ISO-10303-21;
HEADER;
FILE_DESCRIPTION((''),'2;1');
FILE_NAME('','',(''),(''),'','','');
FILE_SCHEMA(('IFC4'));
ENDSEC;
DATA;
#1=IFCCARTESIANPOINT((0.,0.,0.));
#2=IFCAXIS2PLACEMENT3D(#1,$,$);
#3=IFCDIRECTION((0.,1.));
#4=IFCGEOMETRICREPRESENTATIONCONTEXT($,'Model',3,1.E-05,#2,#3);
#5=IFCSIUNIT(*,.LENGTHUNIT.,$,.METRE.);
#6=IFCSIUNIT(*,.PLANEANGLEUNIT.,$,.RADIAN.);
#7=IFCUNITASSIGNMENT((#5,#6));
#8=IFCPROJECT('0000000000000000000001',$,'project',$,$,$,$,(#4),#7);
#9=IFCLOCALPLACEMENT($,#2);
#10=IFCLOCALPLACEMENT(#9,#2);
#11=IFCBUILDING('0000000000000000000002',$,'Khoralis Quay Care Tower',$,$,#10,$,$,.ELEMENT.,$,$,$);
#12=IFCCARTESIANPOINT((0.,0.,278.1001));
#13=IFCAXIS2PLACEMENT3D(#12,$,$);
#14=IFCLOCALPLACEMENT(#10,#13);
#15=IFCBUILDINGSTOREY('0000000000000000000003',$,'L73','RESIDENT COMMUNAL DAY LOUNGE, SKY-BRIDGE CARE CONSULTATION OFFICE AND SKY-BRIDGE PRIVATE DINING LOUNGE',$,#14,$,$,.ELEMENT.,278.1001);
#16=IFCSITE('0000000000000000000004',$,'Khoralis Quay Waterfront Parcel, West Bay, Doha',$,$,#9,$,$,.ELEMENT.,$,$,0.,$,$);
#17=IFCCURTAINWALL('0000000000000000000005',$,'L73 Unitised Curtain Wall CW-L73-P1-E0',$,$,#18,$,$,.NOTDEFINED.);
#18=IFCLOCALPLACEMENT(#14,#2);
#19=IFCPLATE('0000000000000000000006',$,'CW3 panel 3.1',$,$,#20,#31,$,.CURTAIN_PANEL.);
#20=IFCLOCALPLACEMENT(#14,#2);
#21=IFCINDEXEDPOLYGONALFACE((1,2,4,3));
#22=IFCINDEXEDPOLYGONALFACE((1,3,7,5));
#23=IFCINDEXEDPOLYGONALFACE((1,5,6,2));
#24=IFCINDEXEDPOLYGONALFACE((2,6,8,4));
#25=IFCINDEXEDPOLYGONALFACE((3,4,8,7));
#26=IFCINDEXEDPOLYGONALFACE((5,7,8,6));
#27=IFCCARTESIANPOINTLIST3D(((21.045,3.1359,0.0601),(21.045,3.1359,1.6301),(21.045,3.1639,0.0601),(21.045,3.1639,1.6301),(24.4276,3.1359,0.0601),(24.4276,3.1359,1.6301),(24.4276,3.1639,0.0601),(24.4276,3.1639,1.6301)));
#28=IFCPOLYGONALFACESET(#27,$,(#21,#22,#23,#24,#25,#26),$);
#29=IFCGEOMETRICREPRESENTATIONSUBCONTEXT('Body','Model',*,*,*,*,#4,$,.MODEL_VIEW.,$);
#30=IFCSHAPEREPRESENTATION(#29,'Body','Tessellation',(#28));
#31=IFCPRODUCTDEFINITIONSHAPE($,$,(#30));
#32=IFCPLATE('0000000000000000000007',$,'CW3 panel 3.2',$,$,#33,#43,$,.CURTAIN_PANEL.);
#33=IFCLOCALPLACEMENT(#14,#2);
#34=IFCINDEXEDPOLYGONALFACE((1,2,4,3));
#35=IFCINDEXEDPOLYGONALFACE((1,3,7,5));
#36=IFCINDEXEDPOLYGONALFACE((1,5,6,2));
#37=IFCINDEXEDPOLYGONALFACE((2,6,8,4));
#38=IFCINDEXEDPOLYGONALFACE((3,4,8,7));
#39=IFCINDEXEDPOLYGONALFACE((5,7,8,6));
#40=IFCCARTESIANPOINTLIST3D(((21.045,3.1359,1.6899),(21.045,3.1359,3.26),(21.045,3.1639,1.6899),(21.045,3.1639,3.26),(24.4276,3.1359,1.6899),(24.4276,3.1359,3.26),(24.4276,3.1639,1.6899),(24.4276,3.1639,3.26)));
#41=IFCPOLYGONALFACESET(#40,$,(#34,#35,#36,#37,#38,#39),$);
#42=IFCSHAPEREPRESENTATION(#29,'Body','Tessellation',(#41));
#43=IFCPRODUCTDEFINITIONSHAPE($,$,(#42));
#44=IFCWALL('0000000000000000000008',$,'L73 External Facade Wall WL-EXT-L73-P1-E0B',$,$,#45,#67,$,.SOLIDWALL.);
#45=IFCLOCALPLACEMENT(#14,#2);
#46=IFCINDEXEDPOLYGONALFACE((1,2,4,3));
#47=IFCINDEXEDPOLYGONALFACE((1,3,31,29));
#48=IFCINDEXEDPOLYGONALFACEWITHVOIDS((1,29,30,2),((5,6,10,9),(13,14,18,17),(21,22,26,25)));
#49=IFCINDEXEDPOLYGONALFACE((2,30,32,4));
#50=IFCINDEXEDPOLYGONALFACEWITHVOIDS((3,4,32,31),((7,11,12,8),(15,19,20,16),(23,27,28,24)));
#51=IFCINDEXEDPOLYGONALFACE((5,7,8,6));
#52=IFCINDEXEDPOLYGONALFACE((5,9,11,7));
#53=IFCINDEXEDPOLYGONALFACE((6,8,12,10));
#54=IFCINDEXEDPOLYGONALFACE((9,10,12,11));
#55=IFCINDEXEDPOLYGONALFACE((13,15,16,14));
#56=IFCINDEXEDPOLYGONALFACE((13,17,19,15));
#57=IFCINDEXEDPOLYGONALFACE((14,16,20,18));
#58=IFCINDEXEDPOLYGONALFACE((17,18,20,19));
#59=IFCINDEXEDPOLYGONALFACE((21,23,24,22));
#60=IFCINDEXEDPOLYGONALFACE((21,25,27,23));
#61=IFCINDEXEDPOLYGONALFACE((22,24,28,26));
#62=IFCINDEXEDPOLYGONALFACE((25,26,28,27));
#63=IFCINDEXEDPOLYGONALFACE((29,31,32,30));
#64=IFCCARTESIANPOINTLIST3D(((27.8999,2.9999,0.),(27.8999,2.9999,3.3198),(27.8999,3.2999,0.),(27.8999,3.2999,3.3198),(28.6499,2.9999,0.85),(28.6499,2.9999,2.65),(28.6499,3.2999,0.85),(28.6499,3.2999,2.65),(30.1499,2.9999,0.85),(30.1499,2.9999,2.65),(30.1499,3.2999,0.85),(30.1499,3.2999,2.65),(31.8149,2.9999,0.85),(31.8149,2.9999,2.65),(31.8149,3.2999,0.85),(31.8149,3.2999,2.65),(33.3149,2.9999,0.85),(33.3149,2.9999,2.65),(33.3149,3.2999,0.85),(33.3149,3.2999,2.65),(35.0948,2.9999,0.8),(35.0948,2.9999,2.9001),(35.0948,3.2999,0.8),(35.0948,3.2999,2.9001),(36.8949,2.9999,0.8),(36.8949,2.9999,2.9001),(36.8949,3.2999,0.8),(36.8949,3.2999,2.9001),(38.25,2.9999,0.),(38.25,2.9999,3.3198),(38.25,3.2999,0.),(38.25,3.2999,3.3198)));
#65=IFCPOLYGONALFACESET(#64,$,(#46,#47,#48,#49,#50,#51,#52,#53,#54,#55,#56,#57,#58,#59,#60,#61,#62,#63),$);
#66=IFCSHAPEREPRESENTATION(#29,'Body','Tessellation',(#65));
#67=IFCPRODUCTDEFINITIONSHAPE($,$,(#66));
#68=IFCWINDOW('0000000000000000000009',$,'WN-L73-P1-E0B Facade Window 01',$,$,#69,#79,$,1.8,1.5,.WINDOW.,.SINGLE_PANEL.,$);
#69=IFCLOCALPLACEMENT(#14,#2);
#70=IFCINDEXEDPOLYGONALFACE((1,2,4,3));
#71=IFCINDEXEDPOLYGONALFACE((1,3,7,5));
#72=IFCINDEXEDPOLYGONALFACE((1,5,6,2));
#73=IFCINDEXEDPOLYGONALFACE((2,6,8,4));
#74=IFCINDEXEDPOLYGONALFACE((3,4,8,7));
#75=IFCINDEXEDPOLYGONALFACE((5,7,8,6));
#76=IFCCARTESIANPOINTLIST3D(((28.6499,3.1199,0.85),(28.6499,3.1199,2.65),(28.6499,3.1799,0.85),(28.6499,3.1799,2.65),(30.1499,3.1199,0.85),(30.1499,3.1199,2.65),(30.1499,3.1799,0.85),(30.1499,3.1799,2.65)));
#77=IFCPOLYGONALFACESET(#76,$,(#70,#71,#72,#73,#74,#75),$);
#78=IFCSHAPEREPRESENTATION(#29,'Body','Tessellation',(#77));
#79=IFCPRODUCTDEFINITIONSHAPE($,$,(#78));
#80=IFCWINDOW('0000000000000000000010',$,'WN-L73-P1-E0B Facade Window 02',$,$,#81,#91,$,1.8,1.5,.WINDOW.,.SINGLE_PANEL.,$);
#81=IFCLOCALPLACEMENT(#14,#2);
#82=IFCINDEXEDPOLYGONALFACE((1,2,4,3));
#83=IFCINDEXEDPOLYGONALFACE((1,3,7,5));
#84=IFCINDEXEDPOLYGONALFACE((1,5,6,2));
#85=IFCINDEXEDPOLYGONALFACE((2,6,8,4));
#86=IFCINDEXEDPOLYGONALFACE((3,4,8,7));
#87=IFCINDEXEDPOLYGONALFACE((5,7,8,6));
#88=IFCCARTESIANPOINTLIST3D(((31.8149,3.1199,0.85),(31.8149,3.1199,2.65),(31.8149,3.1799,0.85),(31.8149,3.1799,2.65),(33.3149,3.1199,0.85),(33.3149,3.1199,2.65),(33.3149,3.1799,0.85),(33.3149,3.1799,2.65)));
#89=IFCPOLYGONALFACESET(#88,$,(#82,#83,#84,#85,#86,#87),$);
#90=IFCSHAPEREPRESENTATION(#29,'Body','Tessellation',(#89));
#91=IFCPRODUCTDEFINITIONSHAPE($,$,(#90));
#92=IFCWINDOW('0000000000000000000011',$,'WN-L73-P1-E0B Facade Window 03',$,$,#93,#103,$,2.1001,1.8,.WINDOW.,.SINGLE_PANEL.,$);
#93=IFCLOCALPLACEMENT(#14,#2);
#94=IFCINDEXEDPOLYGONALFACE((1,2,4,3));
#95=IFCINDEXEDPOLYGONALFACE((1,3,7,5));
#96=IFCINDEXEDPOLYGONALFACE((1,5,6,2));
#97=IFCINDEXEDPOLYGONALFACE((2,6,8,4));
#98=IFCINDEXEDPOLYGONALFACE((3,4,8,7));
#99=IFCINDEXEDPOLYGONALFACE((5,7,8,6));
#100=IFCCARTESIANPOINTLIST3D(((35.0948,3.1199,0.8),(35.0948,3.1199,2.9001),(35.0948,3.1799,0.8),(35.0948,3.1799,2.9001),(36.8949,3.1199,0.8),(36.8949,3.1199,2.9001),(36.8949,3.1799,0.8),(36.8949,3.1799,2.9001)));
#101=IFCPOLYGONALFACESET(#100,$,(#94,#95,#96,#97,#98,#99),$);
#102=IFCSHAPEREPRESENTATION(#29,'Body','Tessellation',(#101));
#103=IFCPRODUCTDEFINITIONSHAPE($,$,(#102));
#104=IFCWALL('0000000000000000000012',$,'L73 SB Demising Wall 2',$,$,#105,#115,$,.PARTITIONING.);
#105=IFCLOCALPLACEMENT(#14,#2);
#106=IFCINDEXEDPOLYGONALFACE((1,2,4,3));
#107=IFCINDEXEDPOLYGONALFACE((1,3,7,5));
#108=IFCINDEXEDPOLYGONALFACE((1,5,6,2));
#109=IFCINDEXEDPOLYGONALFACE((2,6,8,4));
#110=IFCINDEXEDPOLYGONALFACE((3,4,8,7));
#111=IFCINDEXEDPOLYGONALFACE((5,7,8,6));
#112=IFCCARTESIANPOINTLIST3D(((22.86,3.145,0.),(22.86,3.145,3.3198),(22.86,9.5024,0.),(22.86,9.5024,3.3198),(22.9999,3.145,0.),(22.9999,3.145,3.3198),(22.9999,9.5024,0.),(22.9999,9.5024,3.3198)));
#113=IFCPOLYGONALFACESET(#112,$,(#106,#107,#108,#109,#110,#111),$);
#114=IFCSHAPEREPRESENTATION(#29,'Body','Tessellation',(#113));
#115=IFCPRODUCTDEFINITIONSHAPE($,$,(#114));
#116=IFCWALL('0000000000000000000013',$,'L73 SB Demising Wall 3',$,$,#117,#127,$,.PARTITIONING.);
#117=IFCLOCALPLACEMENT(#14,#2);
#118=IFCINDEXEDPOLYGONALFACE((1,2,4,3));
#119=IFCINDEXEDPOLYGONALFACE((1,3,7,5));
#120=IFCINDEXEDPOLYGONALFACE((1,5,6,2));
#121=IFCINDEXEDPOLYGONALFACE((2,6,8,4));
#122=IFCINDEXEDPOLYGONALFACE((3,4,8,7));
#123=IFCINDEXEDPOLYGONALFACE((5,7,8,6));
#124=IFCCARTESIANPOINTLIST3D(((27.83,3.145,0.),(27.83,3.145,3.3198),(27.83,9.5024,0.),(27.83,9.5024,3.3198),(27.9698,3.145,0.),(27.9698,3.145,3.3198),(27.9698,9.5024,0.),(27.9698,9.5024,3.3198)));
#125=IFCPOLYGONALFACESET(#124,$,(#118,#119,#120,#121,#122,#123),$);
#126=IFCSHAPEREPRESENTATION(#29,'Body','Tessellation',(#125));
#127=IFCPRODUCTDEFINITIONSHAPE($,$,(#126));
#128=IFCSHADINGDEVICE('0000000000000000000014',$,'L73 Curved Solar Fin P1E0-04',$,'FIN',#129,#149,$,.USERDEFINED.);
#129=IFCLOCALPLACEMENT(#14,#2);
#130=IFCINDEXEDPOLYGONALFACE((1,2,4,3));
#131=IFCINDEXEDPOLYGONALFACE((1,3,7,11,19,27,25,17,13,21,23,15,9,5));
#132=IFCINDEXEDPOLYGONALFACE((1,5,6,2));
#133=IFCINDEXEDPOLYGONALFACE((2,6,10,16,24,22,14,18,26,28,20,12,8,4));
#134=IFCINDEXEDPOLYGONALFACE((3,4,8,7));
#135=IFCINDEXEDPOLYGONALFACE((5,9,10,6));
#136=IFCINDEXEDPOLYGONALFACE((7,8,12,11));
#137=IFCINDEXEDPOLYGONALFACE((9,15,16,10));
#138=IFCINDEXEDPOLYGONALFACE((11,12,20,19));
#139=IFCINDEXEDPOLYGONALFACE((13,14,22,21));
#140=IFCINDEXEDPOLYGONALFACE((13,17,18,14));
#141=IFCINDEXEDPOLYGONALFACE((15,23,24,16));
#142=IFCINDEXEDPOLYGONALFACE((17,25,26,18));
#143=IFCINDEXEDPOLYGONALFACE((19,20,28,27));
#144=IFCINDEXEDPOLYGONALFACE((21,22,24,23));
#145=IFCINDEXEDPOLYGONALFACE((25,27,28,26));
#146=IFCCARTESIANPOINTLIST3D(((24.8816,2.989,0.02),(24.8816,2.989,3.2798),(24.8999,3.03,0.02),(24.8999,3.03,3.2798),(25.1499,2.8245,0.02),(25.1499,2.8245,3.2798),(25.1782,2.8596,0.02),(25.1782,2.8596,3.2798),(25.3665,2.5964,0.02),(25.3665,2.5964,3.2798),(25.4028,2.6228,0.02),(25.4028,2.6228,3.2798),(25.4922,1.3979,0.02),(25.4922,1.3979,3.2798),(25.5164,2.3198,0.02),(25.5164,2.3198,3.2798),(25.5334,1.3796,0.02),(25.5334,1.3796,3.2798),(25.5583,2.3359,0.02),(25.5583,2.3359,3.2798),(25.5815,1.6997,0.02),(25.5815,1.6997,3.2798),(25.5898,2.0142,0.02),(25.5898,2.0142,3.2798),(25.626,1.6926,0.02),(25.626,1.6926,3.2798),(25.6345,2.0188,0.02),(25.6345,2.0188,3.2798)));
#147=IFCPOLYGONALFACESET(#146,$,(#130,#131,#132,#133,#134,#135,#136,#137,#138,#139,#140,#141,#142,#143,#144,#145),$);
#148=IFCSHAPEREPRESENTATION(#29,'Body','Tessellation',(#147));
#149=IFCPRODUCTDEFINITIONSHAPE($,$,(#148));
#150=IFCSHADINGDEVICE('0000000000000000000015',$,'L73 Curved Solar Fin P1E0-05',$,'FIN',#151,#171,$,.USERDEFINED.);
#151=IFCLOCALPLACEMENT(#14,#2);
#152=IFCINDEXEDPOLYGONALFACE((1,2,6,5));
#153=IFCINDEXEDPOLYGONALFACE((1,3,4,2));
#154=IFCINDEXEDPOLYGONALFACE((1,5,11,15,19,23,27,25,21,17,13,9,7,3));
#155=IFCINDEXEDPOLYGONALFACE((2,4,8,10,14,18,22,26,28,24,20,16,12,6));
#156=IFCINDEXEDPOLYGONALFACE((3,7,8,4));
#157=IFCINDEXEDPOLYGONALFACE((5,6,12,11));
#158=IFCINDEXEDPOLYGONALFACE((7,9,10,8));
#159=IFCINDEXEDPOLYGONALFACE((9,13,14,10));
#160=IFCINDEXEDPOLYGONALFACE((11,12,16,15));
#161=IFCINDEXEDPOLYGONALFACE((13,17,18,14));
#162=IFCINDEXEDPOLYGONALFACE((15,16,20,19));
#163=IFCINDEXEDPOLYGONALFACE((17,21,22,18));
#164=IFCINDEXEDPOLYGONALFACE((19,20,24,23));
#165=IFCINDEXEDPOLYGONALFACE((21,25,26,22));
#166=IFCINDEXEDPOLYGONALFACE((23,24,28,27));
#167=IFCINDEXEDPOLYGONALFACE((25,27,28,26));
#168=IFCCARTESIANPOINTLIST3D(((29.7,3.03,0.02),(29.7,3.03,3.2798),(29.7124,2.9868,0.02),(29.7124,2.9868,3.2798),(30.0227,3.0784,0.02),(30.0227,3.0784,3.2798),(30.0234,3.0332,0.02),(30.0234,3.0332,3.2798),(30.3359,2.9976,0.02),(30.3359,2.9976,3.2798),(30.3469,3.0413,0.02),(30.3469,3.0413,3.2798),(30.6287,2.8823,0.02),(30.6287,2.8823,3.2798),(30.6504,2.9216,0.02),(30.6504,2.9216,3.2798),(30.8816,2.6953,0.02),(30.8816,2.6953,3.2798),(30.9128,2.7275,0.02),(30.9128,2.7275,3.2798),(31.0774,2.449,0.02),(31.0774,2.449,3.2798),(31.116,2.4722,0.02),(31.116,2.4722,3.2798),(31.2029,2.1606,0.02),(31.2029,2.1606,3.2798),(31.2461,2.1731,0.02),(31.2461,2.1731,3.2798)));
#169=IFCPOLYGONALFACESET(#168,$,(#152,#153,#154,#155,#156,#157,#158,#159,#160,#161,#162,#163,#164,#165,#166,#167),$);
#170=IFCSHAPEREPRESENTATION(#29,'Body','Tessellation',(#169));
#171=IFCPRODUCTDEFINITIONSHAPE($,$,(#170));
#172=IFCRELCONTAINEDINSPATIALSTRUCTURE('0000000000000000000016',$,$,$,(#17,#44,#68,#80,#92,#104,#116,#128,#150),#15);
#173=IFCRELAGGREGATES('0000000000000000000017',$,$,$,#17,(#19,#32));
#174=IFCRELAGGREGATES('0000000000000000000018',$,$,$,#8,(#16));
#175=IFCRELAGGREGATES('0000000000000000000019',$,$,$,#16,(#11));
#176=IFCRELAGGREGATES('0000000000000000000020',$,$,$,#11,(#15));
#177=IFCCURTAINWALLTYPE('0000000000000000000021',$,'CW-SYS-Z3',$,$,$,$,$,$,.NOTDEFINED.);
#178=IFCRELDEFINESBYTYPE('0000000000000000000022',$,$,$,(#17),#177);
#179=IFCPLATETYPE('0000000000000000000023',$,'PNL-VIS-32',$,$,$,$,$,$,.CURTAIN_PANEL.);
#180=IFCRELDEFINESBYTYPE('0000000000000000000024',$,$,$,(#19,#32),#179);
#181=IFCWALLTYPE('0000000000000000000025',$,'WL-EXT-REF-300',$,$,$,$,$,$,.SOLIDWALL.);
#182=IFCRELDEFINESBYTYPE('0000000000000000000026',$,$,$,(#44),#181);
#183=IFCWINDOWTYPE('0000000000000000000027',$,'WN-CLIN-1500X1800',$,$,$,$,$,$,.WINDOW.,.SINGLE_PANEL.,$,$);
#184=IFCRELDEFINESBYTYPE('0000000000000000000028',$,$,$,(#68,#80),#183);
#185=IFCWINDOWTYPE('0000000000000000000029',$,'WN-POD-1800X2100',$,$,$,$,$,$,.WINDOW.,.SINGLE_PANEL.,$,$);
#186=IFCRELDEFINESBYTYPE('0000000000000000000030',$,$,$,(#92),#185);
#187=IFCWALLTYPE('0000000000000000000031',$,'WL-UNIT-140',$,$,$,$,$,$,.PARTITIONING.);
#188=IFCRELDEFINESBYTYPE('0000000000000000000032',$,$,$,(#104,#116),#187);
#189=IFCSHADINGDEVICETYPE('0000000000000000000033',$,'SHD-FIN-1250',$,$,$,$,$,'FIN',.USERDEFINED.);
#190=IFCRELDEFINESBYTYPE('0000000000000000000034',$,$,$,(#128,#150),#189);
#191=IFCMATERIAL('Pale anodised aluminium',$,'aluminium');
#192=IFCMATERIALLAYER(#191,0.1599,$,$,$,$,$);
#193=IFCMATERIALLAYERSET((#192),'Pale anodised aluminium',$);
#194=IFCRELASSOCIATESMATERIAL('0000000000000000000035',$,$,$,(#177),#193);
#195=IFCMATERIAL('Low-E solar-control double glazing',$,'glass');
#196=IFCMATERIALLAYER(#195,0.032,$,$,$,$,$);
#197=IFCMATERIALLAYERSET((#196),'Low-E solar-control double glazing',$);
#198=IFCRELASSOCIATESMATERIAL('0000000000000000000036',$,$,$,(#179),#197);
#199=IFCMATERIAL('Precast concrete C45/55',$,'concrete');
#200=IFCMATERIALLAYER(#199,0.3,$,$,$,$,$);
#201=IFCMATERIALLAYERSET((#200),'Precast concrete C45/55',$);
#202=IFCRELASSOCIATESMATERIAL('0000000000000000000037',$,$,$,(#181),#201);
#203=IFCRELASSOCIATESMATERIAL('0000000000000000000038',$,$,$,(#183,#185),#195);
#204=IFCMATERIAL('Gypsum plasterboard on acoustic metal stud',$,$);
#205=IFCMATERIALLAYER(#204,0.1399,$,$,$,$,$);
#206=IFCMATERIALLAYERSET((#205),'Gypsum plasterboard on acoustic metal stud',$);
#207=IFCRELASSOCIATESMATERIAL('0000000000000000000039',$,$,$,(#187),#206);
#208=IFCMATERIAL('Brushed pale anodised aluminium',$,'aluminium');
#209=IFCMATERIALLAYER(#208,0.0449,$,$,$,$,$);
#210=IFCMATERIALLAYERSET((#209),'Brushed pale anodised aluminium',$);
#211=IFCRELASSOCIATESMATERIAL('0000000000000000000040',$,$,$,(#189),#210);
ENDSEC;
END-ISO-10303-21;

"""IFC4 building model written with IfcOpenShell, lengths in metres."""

from ifc_helpers import new_model, si_unit, direction, frame, frame_2d, origin, origin_2d, place, context, subcontext, project, spatial, polyline, rectangle, outline, extrude, source, transform, mapped, material, layer, layer_set, type_object, element, fill, aggregate, save


model = new_model("IFC4")

# Units and contexts
model_context = context("Model", 3, precision=1e-05, world=origin(), true_north=direction((0.0, 1.0)))
body_context = subcontext(model_context, "Body", "Model", "MODEL_VIEW")
ifc_project = project(units=[si_unit("LENGTHUNIT", "METRE"), si_unit("PLANEANGLEUNIT", "RADIAN")], contexts=[model_context])

# Site, building, storey
site_placement = place(None, origin())
site = spatial("IfcSite", under=ifc_project, at=site_placement, Name="Khoralis Quay Waterfront Parcel, West Bay, Doha", CompositionType="ELEMENT", RefElevation=0.0)
building_placement = place(site_placement, origin())
building = spatial("IfcBuilding", under=site, at=building_placement, Name="Khoralis Quay Care Tower", CompositionType="ELEMENT")
storey_placement = place(building_placement, frame((0.0, 0.0, 278.1001)))
storey = spatial("IfcBuildingStorey", under=building, at=storey_placement, Name="L73", Description="RESIDENT COMMUNAL DAY LOUNGE, SKY-BRIDGE CARE CONSULTATION OFFICE AND SKY-BRIDGE PRIVATE DINING LOUNGE", CompositionType="ELEMENT", Elevation=278.1001)

# Curtain wall, plates
ifc_material_1 = material(Name="Pale anodised aluminium", Category="aluminium")
ifc_layer_1 = layer(ifc_material_1, 0.1599)
ifc_layer_set_1 = layer_set([ifc_layer_1], Name="Pale anodised aluminium")
curtain_wall_type = type_object("IfcCurtainWallType", Name="CW-SYS-Z3", PredefinedType="NOTDEFINED", material=ifc_layer_set_1)
curtain_wall_placement = place(storey_placement, origin())
curtain_wall = element("IfcCurtainWall", 1, at=curtain_wall_placement, inside=storey, type_object=curtain_wall_type, Name="L73 Unitised Curtain Wall CW-L73-P1-E0", PredefinedType="NOTDEFINED")
ifc_material_2 = material(Name="Low-E solar-control double glazing", Category="glass")
ifc_layer_2 = layer(ifc_material_2, 0.032)
ifc_layer_set_2 = layer_set([ifc_layer_2], Name="Low-E solar-control double glazing")
plate_type = type_object("IfcPlateType", Name="PNL-VIS-32", PredefinedType="CURTAIN_PANEL", material=ifc_layer_set_2)
shared_shape_1 = source(origin(), body_context, "Body", "SweptSolid", [
    extrude(rectangle(XDim=3.3826, YDim=0.0281, at=origin_2d()), origin(), (0.0, 0.0, 1.0), 1.5701),
])
plate_1_placement = place(storey_placement, frame((22.7363, 3.1499, 0.0601), z_axis=(0.0, 0.0, 1.0), x_axis=(1.0, 0.0, 0.0)))
plate_1 = element("IfcPlate", 2, at=plate_1_placement, type_object=plate_type, Name="CW3 panel 3.1", PredefinedType="CURTAIN_PANEL", context=body_context, shape_type="MappedRepresentation", body=[
    mapped(shared_shape_1, transform((0.0, 0.0, 0.0), scale=1.0)),
])
plate_2_placement = place(storey_placement, frame((22.7363, 3.1499, 1.6899), z_axis=(0.0, 0.0, 1.0), x_axis=(1.0, 0.0, 0.0)))
plate_2 = element("IfcPlate", 3, at=plate_2_placement, type_object=plate_type, Name="CW3 panel 3.2", PredefinedType="CURTAIN_PANEL", context=body_context, shape_type="MappedRepresentation", body=[
    mapped(shared_shape_1, transform((0.0, 0.0, 0.0), scale=1.0)),
])
aggregate(curtain_wall, [plate_1, plate_2])

# Wall, openings, windows
ifc_material_3 = material(Name="Precast concrete C45/55", Category="concrete")
ifc_layer_3 = layer(ifc_material_3, 0.3)
ifc_layer_set_3 = layer_set([ifc_layer_3], Name="Precast concrete C45/55")
wall_type_1 = type_object("IfcWallType", Name="WL-EXT-REF-300", PredefinedType="SOLIDWALL", material=ifc_layer_set_3)
wall_placement = place(storey_placement, frame((27.8999, 3.1499, 0.0), z_axis=(0.0, 0.0, 1.0), x_axis=(1.0, 0.0, 0.0)))
wall = element("IfcWall", 4, at=wall_placement, inside=storey, type_object=wall_type_1, Name="L73 External Facade Wall WL-EXT-L73-P1-E0B", PredefinedType="SOLIDWALL", context=body_context, shape_type="SweptSolid", body=[
    extrude(rectangle(XDim=10.3501, YDim=0.3, at=frame_2d((5.175, 0.0))), origin(), (0.0, 0.0, 1.0), 3.3198),
])
opening_1_placement = place(wall_placement, frame((0.75, 0.0, 0.8501)))
opening_1 = element("IfcOpeningElement", 5, at=opening_1_placement, cuts=wall, PredefinedType="OPENING", context=body_context, shape_type="SweptSolid", body=[
    extrude(rectangle(XDim=1.5, YDim=1.8, at=frame_2d((0.75, 0.8999))), frame((0.0, 0.1602, 0.0), z_axis=(0.0, -1.0, 0.0), x_axis=(1.0, 0.0, 0.0)), (0.0, 0.0, 1.0), 0.3201),
])
opening_2_placement = place(wall_placement, frame((3.915, 0.0, 0.8501)))
opening_2 = element("IfcOpeningElement", 6, at=opening_2_placement, cuts=wall, PredefinedType="OPENING", context=body_context, shape_type="SweptSolid", body=[
    extrude(rectangle(XDim=1.5, YDim=1.8, at=frame_2d((0.75, 0.8999))), frame((0.0, 0.1602, 0.0), z_axis=(0.0, -1.0, 0.0), x_axis=(1.0, 0.0, 0.0)), (0.0, 0.0, 1.0), 0.3201),
])
opening_3_placement = place(wall_placement, frame((7.1951, 0.0, 0.8)))
opening_3 = element("IfcOpeningElement", 7, at=opening_3_placement, cuts=wall, PredefinedType="OPENING", context=body_context, shape_type="SweptSolid", body=[
    extrude(rectangle(XDim=1.8, YDim=2.1001, at=frame_2d((0.8999, 1.05))), frame((0.0, 0.1602, 0.0), z_axis=(0.0, -1.0, 0.0), x_axis=(1.0, 0.0, 0.0)), (0.0, 0.0, 1.0), 0.3201),
])
window_type_1 = type_object("IfcWindowType", Name="WN-CLIN-1500X1800", PartitioningType="SINGLE_PANEL", PredefinedType="WINDOW", material=ifc_material_2)
shared_shape_2 = source(origin(), body_context, "Body", "SweptSolid", [
    extrude(rectangle(XDim=1.5, YDim=1.8, at=frame_2d((0.75, 0.8999))), frame((0.0, 0.03, 0.0), z_axis=(0.0, -1.0, 0.0), x_axis=(1.0, 0.0, 0.0)), (0.0, 0.0, 1.0), 0.0601),
])
window_1_placement = place(opening_1_placement, origin())
window_1 = element("IfcWindow", 8, at=window_1_placement, inside=storey, type_object=window_type_1, Name="WN-L73-P1-E0B Facade Window 01", OverallHeight=1.8, OverallWidth=1.5, PartitioningType="SINGLE_PANEL", PredefinedType="WINDOW", context=body_context, shape_type="MappedRepresentation", body=[
    mapped(shared_shape_2, transform((0.0, 0.0, 0.0), scale=1.0)),
])
fill(opening_1, window_1)
window_2_placement = place(opening_2_placement, origin())
window_2 = element("IfcWindow", 9, at=window_2_placement, inside=storey, type_object=window_type_1, Name="WN-L73-P1-E0B Facade Window 02", OverallHeight=1.8, OverallWidth=1.5, PartitioningType="SINGLE_PANEL", PredefinedType="WINDOW", context=body_context, shape_type="MappedRepresentation", body=[
    mapped(shared_shape_2, transform((0.0, 0.0, 0.0), scale=1.0)),
])
fill(opening_2, window_2)
window_type_2 = type_object("IfcWindowType", Name="WN-POD-1800X2100", PartitioningType="SINGLE_PANEL", PredefinedType="WINDOW", material=ifc_material_2)
shared_shape_3 = source(origin(), body_context, "Body", "SweptSolid", [
    extrude(rectangle(XDim=1.8, YDim=2.1001, at=frame_2d((0.8999, 1.05))), frame((0.0, 0.03, 0.0), z_axis=(0.0, -1.0, 0.0), x_axis=(1.0, 0.0, 0.0)), (0.0, 0.0, 1.0), 0.0601),
])
window_3_placement = place(opening_3_placement, origin())
window_3 = element("IfcWindow", 10, at=window_3_placement, inside=storey, type_object=window_type_2, Name="WN-L73-P1-E0B Facade Window 03", OverallHeight=2.1001, OverallWidth=1.8, PartitioningType="SINGLE_PANEL", PredefinedType="WINDOW", context=body_context, shape_type="MappedRepresentation", body=[
    mapped(shared_shape_3, transform((0.0, 0.0, 0.0), scale=1.0)),
])
fill(opening_3, window_3)

# Walls
ifc_material_4 = material(Name="Gypsum plasterboard on acoustic metal stud")
ifc_layer_4 = layer(ifc_material_4, 0.1399)
ifc_layer_set_4 = layer_set([ifc_layer_4], Name="Gypsum plasterboard on acoustic metal stud")
wall_type_2 = type_object("IfcWallType", Name="WL-UNIT-140", PredefinedType="PARTITIONING", material=ifc_layer_set_4)
for number, where, z_axis, x_axis, name in (
    (11, (22.9299, 3.145, 0.0), (0.0, 0.0, 1.0), (0.0, 1.0, 0.0), "L73 SB Demising Wall 2"),
    (12, (27.8999, 3.145, 0.0), (0.0, 0.0, 1.0), (0.0, 1.0, 0.0), "L73 SB Demising Wall 3"),
):
    element("IfcWall", number, at=place(storey_placement, frame(where, z_axis=z_axis, x_axis=x_axis)), inside=storey, type_object=wall_type_2, Name=name, PredefinedType="PARTITIONING", context=body_context, shape_type="SweptSolid", body=[
        extrude(rectangle(XDim=6.3574, YDim=0.1399, at=frame_2d((3.1787, 0.0))), origin(), (0.0, 0.0, 1.0), 3.3198),
    ])

# Shading devices
ifc_material_5 = material(Name="Brushed pale anodised aluminium", Category="aluminium")
ifc_layer_5 = layer(ifc_material_5, 0.0449)
ifc_layer_set_5 = layer_set([ifc_layer_5], Name="Brushed pale anodised aluminium")
shading_device_type = type_object("IfcShadingDeviceType", Name="SHD-FIN-1250", ElementType="FIN", PredefinedType="USERDEFINED", material=ifc_layer_set_5)
shared_shape_4 = source(origin(), body_context, "Body", "SweptSolid", [
    extrude(outline(polyline([(0.0, 0.0), (0.1704, 0.2783), (0.4072, 0.5029), (0.6941, 0.6584), (1.0112, 0.7346), (1.3374, 0.7261), (1.6504, 0.6335), (1.6321, 0.5923), (1.3303, 0.6816), (1.0159, 0.6899), (0.7102, 0.6165), (0.4336, 0.4666), (0.2056, 0.25), (0.041, -0.0183), (0.0, 0.0)])), origin(), (0.0, 0.0, 1.0), 3.2598),
])
shading_device_1_placement = place(storey_placement, frame((24.8999, 3.03, 0.02), z_axis=(0.0, 0.0, 1.0), x_axis=(0.0, -1.0, 0.0)))
element("IfcShadingDevice", 13, at=shading_device_1_placement, inside=storey, type_object=shading_device_type, Name="L73 Curved Solar Fin P1E0-04", ObjectType="FIN", PredefinedType="USERDEFINED", context=body_context, shape_type="MappedRepresentation", body=[
    mapped(shared_shape_4, transform((0.0, 0.0, 0.0), scale=1.0)),
])
shared_shape_5 = source(origin(), body_context, "Body", "SweptSolid", [
    extrude(outline(polyline([(0.0, 0.0), (-0.0483, 0.3228), (-0.0112, 0.647), (0.1084, 0.9504), (0.3025, 1.2129), (0.5579, 1.416), (0.8569, 1.5461), (0.8694, 1.5029), (0.5811, 1.3774), (0.3347, 1.1816), (0.1477, 0.9287), (0.0325, 0.636), (-0.0032, 0.3235), (0.0432, 0.0125), (0.0, 0.0)])), origin(), (0.0, 0.0, 1.0), 3.2598),
])
shading_device_2_placement = place(storey_placement, frame((29.7, 3.03, 0.02), z_axis=(0.0, 0.0, 1.0), x_axis=(0.0, -1.0, 0.0)))
element("IfcShadingDevice", 14, at=shading_device_2_placement, inside=storey, type_object=shading_device_type, Name="L73 Curved Solar Fin P1E0-05", ObjectType="FIN", PredefinedType="USERDEFINED", context=body_context, shape_type="MappedRepresentation", body=[
    mapped(shared_shape_5, transform((0.0, 0.0, 0.0), scale=1.0)),
])

save(model, "model.ifc")
